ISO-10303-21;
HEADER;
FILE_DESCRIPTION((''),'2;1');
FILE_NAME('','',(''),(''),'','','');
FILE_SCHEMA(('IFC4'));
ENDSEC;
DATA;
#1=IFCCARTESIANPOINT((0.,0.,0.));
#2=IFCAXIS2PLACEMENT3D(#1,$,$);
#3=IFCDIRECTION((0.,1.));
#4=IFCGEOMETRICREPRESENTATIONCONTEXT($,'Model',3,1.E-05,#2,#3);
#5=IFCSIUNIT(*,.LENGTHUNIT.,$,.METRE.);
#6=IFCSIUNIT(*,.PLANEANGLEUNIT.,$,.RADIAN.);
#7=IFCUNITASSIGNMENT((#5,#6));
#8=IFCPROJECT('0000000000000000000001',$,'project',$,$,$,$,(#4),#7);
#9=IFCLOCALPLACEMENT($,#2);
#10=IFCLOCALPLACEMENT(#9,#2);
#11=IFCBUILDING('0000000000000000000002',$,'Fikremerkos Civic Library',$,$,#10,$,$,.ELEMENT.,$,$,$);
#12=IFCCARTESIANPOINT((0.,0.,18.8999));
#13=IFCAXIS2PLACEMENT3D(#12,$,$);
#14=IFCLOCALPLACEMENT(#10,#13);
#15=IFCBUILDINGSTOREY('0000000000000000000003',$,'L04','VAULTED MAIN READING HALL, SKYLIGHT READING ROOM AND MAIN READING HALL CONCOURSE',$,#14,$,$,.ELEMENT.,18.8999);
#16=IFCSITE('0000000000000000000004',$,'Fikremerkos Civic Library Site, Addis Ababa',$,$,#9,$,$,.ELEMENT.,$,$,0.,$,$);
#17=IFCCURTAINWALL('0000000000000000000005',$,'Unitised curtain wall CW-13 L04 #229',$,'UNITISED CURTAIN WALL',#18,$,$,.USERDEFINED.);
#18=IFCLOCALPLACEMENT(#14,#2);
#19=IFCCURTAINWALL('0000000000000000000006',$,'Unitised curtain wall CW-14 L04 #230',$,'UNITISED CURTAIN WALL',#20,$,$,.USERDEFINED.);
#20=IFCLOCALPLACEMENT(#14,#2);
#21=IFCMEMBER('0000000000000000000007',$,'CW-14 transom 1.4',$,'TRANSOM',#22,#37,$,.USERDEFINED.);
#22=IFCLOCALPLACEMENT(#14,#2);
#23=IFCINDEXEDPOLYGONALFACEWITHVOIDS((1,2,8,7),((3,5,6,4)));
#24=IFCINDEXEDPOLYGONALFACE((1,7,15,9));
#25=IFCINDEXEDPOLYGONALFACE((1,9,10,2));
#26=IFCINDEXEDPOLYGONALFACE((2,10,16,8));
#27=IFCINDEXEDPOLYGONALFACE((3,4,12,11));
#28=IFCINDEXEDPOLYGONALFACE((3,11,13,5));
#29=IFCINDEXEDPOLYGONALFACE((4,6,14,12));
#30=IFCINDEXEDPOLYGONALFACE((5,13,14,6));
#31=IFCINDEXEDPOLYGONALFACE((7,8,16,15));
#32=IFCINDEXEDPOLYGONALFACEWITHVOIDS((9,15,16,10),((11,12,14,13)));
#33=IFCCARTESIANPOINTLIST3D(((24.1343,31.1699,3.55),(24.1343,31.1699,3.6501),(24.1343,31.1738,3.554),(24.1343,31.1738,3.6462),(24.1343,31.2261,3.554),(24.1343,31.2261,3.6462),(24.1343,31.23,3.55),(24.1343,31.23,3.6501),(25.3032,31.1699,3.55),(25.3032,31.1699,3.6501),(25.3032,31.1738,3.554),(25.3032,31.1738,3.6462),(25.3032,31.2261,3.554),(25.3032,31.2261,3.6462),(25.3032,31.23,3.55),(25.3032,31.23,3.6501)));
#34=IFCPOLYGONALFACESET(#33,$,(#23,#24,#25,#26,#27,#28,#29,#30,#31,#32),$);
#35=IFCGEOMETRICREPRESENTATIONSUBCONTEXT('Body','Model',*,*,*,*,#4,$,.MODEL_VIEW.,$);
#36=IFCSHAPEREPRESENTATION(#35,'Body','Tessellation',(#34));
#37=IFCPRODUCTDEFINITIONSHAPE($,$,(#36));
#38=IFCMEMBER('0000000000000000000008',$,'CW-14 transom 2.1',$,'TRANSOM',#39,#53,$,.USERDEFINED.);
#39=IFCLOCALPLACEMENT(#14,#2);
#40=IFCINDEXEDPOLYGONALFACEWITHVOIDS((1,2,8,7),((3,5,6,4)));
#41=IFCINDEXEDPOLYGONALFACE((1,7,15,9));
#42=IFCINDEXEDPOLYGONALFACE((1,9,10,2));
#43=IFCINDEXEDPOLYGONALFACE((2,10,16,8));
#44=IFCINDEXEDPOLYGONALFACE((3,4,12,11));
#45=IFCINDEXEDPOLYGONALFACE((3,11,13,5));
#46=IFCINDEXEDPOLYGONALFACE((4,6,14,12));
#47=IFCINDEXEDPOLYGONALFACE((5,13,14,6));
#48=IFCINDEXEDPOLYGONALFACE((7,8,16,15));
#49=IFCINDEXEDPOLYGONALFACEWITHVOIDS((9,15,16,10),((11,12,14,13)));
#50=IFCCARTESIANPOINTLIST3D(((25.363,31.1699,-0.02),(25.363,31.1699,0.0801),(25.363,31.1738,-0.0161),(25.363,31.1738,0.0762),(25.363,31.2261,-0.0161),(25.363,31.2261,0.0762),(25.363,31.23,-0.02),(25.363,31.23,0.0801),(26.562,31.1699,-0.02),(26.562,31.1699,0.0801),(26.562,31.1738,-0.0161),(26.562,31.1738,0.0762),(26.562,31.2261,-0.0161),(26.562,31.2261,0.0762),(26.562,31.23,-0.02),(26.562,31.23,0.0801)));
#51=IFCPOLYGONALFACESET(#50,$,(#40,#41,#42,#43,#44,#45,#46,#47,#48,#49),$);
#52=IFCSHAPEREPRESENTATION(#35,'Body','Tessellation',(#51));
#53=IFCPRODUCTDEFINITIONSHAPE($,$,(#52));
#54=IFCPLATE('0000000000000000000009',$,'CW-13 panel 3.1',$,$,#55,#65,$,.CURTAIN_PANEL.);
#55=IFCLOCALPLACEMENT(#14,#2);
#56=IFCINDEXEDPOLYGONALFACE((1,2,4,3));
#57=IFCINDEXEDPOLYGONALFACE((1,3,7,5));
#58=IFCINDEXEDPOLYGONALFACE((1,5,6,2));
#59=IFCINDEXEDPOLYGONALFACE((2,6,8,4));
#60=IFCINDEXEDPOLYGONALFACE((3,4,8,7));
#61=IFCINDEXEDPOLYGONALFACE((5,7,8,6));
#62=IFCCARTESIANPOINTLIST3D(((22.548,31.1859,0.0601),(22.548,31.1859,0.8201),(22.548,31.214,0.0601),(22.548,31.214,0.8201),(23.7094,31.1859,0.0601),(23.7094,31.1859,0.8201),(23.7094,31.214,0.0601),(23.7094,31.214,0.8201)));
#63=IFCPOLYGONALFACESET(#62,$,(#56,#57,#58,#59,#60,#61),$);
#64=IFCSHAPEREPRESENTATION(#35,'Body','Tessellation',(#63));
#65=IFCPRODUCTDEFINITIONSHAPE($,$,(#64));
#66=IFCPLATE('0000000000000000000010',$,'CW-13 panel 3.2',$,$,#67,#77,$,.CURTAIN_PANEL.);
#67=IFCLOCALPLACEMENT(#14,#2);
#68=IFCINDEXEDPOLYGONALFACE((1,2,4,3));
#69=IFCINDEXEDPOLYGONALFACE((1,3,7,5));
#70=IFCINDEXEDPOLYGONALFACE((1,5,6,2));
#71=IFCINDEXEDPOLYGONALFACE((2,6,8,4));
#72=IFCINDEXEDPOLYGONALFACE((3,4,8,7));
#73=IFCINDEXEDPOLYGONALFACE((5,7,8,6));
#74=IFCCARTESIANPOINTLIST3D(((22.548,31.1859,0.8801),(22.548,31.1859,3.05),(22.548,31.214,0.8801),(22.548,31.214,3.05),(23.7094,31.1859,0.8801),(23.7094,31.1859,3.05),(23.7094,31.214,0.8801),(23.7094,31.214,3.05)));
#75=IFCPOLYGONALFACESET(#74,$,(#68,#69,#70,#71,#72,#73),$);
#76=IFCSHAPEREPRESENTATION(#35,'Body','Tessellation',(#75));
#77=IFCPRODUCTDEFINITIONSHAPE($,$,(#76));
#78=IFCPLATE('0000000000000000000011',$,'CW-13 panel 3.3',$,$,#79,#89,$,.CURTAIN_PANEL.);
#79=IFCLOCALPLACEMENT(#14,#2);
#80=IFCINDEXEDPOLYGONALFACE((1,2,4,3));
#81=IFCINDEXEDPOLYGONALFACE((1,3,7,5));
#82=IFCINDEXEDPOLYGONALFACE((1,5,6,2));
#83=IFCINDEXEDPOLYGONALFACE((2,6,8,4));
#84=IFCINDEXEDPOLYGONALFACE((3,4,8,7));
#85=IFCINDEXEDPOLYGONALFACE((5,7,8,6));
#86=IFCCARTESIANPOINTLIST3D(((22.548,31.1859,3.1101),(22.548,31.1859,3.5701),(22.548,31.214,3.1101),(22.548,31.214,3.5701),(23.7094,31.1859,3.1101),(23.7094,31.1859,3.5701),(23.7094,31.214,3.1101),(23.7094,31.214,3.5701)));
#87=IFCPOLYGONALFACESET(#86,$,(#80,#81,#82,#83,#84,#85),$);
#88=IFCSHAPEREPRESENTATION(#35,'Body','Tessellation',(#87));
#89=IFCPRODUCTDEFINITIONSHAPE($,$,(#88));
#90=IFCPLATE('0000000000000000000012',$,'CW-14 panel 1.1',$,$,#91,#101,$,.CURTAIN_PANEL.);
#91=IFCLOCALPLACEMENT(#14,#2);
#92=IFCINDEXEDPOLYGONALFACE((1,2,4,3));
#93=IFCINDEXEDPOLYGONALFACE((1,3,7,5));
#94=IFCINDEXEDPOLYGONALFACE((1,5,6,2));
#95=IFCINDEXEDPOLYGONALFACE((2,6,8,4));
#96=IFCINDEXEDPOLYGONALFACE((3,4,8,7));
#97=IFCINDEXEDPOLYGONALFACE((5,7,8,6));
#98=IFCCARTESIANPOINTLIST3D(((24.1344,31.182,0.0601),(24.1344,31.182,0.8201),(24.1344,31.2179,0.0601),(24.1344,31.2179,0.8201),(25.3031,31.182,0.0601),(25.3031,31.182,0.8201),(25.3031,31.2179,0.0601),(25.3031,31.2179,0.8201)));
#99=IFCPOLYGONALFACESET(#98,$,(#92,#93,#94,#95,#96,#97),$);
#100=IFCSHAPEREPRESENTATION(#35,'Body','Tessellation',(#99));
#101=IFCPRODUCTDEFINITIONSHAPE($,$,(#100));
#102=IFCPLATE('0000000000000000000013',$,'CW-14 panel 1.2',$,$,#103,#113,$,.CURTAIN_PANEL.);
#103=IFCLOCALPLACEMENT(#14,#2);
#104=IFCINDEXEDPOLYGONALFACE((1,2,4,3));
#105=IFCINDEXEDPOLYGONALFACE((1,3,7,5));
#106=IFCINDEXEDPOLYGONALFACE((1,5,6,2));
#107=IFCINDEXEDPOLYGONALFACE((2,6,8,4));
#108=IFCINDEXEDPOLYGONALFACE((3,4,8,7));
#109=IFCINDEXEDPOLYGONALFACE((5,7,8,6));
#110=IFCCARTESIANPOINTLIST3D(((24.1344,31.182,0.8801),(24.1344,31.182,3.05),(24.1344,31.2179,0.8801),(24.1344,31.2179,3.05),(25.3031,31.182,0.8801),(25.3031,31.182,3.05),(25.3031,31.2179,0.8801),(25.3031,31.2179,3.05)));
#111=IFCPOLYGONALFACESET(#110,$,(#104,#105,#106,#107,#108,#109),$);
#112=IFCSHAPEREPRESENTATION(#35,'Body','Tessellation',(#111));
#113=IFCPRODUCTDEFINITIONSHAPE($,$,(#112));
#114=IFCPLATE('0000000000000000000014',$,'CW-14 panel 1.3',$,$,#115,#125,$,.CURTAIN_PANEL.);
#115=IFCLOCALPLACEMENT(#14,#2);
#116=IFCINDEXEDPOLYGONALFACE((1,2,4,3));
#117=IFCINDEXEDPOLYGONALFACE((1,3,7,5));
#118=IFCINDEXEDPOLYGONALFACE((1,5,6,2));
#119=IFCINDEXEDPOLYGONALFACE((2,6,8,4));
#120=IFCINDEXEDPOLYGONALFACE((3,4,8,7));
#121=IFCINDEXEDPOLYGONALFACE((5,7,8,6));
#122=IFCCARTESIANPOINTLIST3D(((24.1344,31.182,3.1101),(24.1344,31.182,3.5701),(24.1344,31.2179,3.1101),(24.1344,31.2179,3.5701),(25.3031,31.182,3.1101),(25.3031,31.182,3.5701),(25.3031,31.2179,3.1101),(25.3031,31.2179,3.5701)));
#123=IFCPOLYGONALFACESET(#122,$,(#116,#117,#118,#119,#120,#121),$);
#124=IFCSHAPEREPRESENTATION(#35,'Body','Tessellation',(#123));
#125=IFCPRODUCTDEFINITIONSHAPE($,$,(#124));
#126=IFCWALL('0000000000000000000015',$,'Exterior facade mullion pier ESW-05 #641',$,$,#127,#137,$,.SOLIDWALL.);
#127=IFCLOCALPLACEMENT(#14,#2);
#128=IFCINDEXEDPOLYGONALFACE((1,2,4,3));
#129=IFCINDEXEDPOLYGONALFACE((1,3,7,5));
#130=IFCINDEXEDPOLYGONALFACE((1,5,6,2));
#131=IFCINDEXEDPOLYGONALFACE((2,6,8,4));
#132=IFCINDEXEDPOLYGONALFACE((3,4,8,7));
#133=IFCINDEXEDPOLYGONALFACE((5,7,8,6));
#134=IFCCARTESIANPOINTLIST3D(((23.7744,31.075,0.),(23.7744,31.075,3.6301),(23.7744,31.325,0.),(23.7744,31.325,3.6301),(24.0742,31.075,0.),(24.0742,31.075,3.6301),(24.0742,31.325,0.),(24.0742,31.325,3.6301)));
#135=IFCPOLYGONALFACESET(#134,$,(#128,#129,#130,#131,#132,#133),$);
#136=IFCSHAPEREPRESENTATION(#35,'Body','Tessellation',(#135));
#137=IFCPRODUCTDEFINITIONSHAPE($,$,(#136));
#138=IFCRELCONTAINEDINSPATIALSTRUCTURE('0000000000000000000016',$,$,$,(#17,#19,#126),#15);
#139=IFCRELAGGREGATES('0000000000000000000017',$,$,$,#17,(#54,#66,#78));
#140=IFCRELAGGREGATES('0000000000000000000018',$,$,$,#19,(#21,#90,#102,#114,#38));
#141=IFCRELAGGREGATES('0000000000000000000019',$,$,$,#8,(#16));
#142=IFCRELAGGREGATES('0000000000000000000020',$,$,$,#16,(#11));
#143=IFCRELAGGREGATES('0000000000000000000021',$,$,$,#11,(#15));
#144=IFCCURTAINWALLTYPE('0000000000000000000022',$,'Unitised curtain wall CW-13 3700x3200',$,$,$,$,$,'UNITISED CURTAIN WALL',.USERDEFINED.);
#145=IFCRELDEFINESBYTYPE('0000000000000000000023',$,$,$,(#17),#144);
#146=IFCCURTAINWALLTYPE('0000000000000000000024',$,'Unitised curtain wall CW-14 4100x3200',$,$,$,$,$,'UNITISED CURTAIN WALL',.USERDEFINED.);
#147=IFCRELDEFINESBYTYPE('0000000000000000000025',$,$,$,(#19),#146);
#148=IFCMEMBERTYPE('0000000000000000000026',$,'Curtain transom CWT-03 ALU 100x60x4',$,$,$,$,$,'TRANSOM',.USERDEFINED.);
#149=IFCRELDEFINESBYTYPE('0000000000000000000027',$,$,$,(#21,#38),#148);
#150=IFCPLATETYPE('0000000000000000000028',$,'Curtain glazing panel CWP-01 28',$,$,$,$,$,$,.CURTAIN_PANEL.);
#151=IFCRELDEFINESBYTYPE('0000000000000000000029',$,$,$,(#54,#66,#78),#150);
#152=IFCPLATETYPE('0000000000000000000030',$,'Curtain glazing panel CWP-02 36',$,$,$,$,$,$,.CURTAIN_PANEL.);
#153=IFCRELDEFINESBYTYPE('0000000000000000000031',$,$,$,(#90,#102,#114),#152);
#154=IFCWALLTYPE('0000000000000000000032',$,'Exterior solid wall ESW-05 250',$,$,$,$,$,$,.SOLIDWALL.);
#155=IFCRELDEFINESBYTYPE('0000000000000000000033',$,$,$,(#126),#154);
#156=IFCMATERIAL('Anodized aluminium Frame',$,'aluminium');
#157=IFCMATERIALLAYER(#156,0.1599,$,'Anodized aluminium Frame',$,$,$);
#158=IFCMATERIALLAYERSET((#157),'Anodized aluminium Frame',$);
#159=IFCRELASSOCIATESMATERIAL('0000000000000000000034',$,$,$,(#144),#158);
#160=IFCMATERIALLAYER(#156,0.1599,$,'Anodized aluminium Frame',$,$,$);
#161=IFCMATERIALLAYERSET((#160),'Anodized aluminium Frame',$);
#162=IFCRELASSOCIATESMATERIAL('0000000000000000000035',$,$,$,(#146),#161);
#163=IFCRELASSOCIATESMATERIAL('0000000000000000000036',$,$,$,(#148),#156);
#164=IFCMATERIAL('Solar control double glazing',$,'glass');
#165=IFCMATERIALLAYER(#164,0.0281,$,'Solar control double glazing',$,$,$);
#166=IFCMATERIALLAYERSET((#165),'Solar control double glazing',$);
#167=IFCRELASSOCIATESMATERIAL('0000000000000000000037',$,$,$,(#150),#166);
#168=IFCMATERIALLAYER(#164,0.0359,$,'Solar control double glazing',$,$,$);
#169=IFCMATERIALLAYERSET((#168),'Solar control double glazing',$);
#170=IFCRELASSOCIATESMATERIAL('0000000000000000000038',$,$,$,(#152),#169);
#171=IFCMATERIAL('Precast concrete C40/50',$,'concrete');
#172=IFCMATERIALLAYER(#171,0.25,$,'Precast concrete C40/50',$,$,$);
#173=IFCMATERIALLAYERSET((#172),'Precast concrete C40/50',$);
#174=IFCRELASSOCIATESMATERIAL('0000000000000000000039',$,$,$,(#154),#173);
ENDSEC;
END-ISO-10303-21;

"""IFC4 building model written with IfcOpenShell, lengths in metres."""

from ifc_helpers import new_model, si_unit, direction, frame, frame_2d, origin, origin_2d, place, context, subcontext, project, spatial, rectangle, hollow_rectangle, extrude, material, layer, layer_set, material_profile, profile_set, type_object, element, aggregate, save


model = new_model("IFC4")

# Units and contexts
model_context = context("Model", 3, precision=1e-05, world=origin(), true_north=direction((0.0, 1.0)))
body_context = subcontext(model_context, "Body", "Model", "MODEL_VIEW")
ifc_project = project(units=[si_unit("LENGTHUNIT", "METRE"), si_unit("PLANEANGLEUNIT", "RADIAN")], contexts=[model_context])

# Site, building, storey
site_placement = place(None, origin())
site = spatial("IfcSite", under=ifc_project, at=site_placement, Name="Fikremerkos Civic Library Site, Addis Ababa", CompositionType="ELEMENT", RefElevation=0.0)
building_placement = place(site_placement, origin())
building = spatial("IfcBuilding", under=site, at=building_placement, Name="Fikremerkos Civic Library", CompositionType="ELEMENT")
storey_placement = place(building_placement, frame((0.0, 0.0, 18.8999)))
storey = spatial("IfcBuildingStorey", under=building, at=storey_placement, Name="L04", Description="VAULTED MAIN READING HALL, SKYLIGHT READING ROOM AND MAIN READING HALL CONCOURSE", CompositionType="ELEMENT", Elevation=18.8999)

# Curtain walls
ifc_material_1 = material(Name="Anodized aluminium Frame", Category="aluminium")
ifc_layer_1 = layer(ifc_material_1, 0.1599, Name="Anodized aluminium Frame")
ifc_layer_set_1 = layer_set([ifc_layer_1], Name="Anodized aluminium Frame")
curtain_wall_type_1 = type_object("IfcCurtainWallType", Name="Unitised curtain wall CW-13 3700x3200", ElementType="UNITISED CURTAIN WALL", PredefinedType="USERDEFINED", material=ifc_layer_set_1)
curtain_wall_1_placement = place(storey_placement, origin())
curtain_wall_1 = element("IfcCurtainWall", 1, at=curtain_wall_1_placement, inside=storey, type_object=curtain_wall_type_1, Name="Unitised curtain wall CW-13 L04 #229", ObjectType="UNITISED CURTAIN WALL", PredefinedType="USERDEFINED")
ifc_layer_2 = layer(ifc_material_1, 0.1599, Name="Anodized aluminium Frame")
ifc_layer_set_2 = layer_set([ifc_layer_2], Name="Anodized aluminium Frame")
curtain_wall_type_2 = type_object("IfcCurtainWallType", Name="Unitised curtain wall CW-14 4100x3200", ElementType="UNITISED CURTAIN WALL", PredefinedType="USERDEFINED", material=ifc_layer_set_2)
curtain_wall_2_placement = place(storey_placement, origin())
curtain_wall_2 = element("IfcCurtainWall", 2, at=curtain_wall_2_placement, inside=storey, type_object=curtain_wall_type_2, Name="Unitised curtain wall CW-14 L04 #230", ObjectType="UNITISED CURTAIN WALL", PredefinedType="USERDEFINED")

# Members
ifc_material_profile_1 = material_profile(ifc_material_1, hollow_rectangle(XDim=0.0601, YDim=0.1001, WallThickness=0.0039, at=origin_2d()), Name="ALU 100x60x4")
ifc_profile_set_1 = profile_set([ifc_material_profile_1], Name="Anodized aluminium Frame")
member_type_1 = type_object("IfcMemberType", Name="Curtain transom CWT-03 ALU 100x60x4", ElementType="TRANSOM", PredefinedType="USERDEFINED", material=ifc_profile_set_1)
member_1_placement = place(storey_placement, frame((24.1343, 31.2, 3.6001), z_axis=(1.0, 0.0, 0.0), x_axis=(0.0, 1.0, 0.0)))
member_1 = element("IfcMember", 3, at=member_1_placement, type_object=member_type_1, Name="CW-14 transom 1.4", ObjectType="TRANSOM", PredefinedType="USERDEFINED", context=body_context, shape_type="SweptSolid", body=[
    extrude(hollow_rectangle(XDim=0.0601, YDim=0.1001, WallThickness=0.0039, at=origin_2d()), origin(), (0.0, 0.0, 1.0), 1.1689),
])
member_2_placement = place(storey_placement, frame((25.363, 31.2, 0.03), z_axis=(1.0, 0.0, 0.0), x_axis=(0.0, 1.0, 0.0)))
member_2 = element("IfcMember", 4, at=member_2_placement, type_object=member_type_1, Name="CW-14 transom 2.1", ObjectType="TRANSOM", PredefinedType="USERDEFINED", context=body_context, shape_type="SweptSolid", body=[
    extrude(hollow_rectangle(XDim=0.0601, YDim=0.1001, WallThickness=0.0039, at=origin_2d()), origin(), (0.0, 0.0, 1.0), 1.199),
])

# Plates
ifc_material_2 = material(Name="Solar control double glazing", Category="glass")
ifc_layer_3 = layer(ifc_material_2, 0.0281, Name="Solar control double glazing")
ifc_layer_set_3 = layer_set([ifc_layer_3], Name="Solar control double glazing")
plate_type_1 = type_object("IfcPlateType", Name="Curtain glazing panel CWP-01 28", PredefinedType="CURTAIN_PANEL", material=ifc_layer_set_3)
plate_1_placement = place(storey_placement, frame((23.1287, 31.2, 0.0601), z_axis=(0.0, 0.0, 1.0), x_axis=(1.0, 0.0, 0.0)))
plate_1 = element("IfcPlate", 5, at=plate_1_placement, type_object=plate_type_1, Name="CW-13 panel 3.1", PredefinedType="CURTAIN_PANEL", context=body_context, shape_type="SweptSolid", body=[
    extrude(rectangle(XDim=1.1614, YDim=0.0281, at=origin_2d()), origin(), (0.0, 0.0, 1.0), 0.76),
])
plate_2_placement = place(storey_placement, frame((23.1287, 31.2, 0.8801), z_axis=(0.0, 0.0, 1.0), x_axis=(1.0, 0.0, 0.0)))
plate_2 = element("IfcPlate", 6, at=plate_2_placement, type_object=plate_type_1, Name="CW-13 panel 3.2", PredefinedType="CURTAIN_PANEL", context=body_context, shape_type="SweptSolid", body=[
    extrude(rectangle(XDim=1.1614, YDim=0.0281, at=origin_2d()), origin(), (0.0, 0.0, 1.0), 2.1699),
])
plate_3_placement = place(storey_placement, frame((23.1287, 31.2, 3.1101), z_axis=(0.0, 0.0, 1.0), x_axis=(1.0, 0.0, 0.0)))
plate_3 = element("IfcPlate", 7, at=plate_3_placement, type_object=plate_type_1, Name="CW-13 panel 3.3", PredefinedType="CURTAIN_PANEL", context=body_context, shape_type="SweptSolid", body=[
    extrude(rectangle(XDim=1.1614, YDim=0.0281, at=origin_2d()), origin(), (0.0, 0.0, 1.0), 0.46),
])
aggregate(curtain_wall_1, [plate_1, plate_2, plate_3])
ifc_layer_4 = layer(ifc_material_2, 0.0359, Name="Solar control double glazing")
ifc_layer_set_4 = layer_set([ifc_layer_4], Name="Solar control double glazing")
plate_type_2 = type_object("IfcPlateType", Name="Curtain glazing panel CWP-02 36", PredefinedType="CURTAIN_PANEL", material=ifc_layer_set_4)
plate_4_placement = place(storey_placement, frame((24.7188, 31.2, 0.0601), z_axis=(0.0, 0.0, 1.0), x_axis=(1.0, 0.0, 0.0)))
plate_4 = element("IfcPlate", 8, at=plate_4_placement, type_object=plate_type_2, Name="CW-14 panel 1.1", PredefinedType="CURTAIN_PANEL", context=body_context, shape_type="SweptSolid", body=[
    extrude(rectangle(XDim=1.1687, YDim=0.0359, at=origin_2d()), origin(), (0.0, 0.0, 1.0), 0.76),
])
plate_5_placement = place(storey_placement, frame((24.7188, 31.2, 0.8801), z_axis=(0.0, 0.0, 1.0), x_axis=(1.0, 0.0, 0.0)))
plate_5 = element("IfcPlate", 9, at=plate_5_placement, type_object=plate_type_2, Name="CW-14 panel 1.2", PredefinedType="CURTAIN_PANEL", context=body_context, shape_type="SweptSolid", body=[
    extrude(rectangle(XDim=1.1687, YDim=0.0359, at=origin_2d()), origin(), (0.0, 0.0, 1.0), 2.1699),
])
plate_6_placement = place(storey_placement, frame((24.7188, 31.2, 3.1101), z_axis=(0.0, 0.0, 1.0), x_axis=(1.0, 0.0, 0.0)))
plate_6 = element("IfcPlate", 10, at=plate_6_placement, type_object=plate_type_2, Name="CW-14 panel 1.3", PredefinedType="CURTAIN_PANEL", context=body_context, shape_type="SweptSolid", body=[
    extrude(rectangle(XDim=1.1687, YDim=0.0359, at=origin_2d()), origin(), (0.0, 0.0, 1.0), 0.46),
])
aggregate(curtain_wall_2, [member_1, plate_4, plate_5, plate_6, member_2])

# Wall
ifc_material_3 = material(Name="Precast concrete C40/50", Category="concrete")
ifc_layer_5 = layer(ifc_material_3, 0.25, Name="Precast concrete C40/50")
ifc_layer_set_5 = layer_set([ifc_layer_5], Name="Precast concrete C40/50")
wall_type = type_object("IfcWallType", Name="Exterior solid wall ESW-05 250", PredefinedType="SOLIDWALL", material=ifc_layer_set_5)
wall_placement = place(storey_placement, frame((23.7744, 31.2, 0.0), z_axis=(0.0, 0.0, 1.0), x_axis=(1.0, 0.0, 0.0)))
element("IfcWall", 11, at=wall_placement, inside=storey, type_object=wall_type, Name="Exterior facade mullion pier ESW-05 #641", PredefinedType="SOLIDWALL", context=body_context, shape_type="SweptSolid", body=[
    extrude(rectangle(XDim=0.2998, YDim=0.25, at=frame_2d((0.1499, 0.0))), origin(), (0.0, 0.0, 1.0), 3.6301),
])

save(model, "model.ifc")
